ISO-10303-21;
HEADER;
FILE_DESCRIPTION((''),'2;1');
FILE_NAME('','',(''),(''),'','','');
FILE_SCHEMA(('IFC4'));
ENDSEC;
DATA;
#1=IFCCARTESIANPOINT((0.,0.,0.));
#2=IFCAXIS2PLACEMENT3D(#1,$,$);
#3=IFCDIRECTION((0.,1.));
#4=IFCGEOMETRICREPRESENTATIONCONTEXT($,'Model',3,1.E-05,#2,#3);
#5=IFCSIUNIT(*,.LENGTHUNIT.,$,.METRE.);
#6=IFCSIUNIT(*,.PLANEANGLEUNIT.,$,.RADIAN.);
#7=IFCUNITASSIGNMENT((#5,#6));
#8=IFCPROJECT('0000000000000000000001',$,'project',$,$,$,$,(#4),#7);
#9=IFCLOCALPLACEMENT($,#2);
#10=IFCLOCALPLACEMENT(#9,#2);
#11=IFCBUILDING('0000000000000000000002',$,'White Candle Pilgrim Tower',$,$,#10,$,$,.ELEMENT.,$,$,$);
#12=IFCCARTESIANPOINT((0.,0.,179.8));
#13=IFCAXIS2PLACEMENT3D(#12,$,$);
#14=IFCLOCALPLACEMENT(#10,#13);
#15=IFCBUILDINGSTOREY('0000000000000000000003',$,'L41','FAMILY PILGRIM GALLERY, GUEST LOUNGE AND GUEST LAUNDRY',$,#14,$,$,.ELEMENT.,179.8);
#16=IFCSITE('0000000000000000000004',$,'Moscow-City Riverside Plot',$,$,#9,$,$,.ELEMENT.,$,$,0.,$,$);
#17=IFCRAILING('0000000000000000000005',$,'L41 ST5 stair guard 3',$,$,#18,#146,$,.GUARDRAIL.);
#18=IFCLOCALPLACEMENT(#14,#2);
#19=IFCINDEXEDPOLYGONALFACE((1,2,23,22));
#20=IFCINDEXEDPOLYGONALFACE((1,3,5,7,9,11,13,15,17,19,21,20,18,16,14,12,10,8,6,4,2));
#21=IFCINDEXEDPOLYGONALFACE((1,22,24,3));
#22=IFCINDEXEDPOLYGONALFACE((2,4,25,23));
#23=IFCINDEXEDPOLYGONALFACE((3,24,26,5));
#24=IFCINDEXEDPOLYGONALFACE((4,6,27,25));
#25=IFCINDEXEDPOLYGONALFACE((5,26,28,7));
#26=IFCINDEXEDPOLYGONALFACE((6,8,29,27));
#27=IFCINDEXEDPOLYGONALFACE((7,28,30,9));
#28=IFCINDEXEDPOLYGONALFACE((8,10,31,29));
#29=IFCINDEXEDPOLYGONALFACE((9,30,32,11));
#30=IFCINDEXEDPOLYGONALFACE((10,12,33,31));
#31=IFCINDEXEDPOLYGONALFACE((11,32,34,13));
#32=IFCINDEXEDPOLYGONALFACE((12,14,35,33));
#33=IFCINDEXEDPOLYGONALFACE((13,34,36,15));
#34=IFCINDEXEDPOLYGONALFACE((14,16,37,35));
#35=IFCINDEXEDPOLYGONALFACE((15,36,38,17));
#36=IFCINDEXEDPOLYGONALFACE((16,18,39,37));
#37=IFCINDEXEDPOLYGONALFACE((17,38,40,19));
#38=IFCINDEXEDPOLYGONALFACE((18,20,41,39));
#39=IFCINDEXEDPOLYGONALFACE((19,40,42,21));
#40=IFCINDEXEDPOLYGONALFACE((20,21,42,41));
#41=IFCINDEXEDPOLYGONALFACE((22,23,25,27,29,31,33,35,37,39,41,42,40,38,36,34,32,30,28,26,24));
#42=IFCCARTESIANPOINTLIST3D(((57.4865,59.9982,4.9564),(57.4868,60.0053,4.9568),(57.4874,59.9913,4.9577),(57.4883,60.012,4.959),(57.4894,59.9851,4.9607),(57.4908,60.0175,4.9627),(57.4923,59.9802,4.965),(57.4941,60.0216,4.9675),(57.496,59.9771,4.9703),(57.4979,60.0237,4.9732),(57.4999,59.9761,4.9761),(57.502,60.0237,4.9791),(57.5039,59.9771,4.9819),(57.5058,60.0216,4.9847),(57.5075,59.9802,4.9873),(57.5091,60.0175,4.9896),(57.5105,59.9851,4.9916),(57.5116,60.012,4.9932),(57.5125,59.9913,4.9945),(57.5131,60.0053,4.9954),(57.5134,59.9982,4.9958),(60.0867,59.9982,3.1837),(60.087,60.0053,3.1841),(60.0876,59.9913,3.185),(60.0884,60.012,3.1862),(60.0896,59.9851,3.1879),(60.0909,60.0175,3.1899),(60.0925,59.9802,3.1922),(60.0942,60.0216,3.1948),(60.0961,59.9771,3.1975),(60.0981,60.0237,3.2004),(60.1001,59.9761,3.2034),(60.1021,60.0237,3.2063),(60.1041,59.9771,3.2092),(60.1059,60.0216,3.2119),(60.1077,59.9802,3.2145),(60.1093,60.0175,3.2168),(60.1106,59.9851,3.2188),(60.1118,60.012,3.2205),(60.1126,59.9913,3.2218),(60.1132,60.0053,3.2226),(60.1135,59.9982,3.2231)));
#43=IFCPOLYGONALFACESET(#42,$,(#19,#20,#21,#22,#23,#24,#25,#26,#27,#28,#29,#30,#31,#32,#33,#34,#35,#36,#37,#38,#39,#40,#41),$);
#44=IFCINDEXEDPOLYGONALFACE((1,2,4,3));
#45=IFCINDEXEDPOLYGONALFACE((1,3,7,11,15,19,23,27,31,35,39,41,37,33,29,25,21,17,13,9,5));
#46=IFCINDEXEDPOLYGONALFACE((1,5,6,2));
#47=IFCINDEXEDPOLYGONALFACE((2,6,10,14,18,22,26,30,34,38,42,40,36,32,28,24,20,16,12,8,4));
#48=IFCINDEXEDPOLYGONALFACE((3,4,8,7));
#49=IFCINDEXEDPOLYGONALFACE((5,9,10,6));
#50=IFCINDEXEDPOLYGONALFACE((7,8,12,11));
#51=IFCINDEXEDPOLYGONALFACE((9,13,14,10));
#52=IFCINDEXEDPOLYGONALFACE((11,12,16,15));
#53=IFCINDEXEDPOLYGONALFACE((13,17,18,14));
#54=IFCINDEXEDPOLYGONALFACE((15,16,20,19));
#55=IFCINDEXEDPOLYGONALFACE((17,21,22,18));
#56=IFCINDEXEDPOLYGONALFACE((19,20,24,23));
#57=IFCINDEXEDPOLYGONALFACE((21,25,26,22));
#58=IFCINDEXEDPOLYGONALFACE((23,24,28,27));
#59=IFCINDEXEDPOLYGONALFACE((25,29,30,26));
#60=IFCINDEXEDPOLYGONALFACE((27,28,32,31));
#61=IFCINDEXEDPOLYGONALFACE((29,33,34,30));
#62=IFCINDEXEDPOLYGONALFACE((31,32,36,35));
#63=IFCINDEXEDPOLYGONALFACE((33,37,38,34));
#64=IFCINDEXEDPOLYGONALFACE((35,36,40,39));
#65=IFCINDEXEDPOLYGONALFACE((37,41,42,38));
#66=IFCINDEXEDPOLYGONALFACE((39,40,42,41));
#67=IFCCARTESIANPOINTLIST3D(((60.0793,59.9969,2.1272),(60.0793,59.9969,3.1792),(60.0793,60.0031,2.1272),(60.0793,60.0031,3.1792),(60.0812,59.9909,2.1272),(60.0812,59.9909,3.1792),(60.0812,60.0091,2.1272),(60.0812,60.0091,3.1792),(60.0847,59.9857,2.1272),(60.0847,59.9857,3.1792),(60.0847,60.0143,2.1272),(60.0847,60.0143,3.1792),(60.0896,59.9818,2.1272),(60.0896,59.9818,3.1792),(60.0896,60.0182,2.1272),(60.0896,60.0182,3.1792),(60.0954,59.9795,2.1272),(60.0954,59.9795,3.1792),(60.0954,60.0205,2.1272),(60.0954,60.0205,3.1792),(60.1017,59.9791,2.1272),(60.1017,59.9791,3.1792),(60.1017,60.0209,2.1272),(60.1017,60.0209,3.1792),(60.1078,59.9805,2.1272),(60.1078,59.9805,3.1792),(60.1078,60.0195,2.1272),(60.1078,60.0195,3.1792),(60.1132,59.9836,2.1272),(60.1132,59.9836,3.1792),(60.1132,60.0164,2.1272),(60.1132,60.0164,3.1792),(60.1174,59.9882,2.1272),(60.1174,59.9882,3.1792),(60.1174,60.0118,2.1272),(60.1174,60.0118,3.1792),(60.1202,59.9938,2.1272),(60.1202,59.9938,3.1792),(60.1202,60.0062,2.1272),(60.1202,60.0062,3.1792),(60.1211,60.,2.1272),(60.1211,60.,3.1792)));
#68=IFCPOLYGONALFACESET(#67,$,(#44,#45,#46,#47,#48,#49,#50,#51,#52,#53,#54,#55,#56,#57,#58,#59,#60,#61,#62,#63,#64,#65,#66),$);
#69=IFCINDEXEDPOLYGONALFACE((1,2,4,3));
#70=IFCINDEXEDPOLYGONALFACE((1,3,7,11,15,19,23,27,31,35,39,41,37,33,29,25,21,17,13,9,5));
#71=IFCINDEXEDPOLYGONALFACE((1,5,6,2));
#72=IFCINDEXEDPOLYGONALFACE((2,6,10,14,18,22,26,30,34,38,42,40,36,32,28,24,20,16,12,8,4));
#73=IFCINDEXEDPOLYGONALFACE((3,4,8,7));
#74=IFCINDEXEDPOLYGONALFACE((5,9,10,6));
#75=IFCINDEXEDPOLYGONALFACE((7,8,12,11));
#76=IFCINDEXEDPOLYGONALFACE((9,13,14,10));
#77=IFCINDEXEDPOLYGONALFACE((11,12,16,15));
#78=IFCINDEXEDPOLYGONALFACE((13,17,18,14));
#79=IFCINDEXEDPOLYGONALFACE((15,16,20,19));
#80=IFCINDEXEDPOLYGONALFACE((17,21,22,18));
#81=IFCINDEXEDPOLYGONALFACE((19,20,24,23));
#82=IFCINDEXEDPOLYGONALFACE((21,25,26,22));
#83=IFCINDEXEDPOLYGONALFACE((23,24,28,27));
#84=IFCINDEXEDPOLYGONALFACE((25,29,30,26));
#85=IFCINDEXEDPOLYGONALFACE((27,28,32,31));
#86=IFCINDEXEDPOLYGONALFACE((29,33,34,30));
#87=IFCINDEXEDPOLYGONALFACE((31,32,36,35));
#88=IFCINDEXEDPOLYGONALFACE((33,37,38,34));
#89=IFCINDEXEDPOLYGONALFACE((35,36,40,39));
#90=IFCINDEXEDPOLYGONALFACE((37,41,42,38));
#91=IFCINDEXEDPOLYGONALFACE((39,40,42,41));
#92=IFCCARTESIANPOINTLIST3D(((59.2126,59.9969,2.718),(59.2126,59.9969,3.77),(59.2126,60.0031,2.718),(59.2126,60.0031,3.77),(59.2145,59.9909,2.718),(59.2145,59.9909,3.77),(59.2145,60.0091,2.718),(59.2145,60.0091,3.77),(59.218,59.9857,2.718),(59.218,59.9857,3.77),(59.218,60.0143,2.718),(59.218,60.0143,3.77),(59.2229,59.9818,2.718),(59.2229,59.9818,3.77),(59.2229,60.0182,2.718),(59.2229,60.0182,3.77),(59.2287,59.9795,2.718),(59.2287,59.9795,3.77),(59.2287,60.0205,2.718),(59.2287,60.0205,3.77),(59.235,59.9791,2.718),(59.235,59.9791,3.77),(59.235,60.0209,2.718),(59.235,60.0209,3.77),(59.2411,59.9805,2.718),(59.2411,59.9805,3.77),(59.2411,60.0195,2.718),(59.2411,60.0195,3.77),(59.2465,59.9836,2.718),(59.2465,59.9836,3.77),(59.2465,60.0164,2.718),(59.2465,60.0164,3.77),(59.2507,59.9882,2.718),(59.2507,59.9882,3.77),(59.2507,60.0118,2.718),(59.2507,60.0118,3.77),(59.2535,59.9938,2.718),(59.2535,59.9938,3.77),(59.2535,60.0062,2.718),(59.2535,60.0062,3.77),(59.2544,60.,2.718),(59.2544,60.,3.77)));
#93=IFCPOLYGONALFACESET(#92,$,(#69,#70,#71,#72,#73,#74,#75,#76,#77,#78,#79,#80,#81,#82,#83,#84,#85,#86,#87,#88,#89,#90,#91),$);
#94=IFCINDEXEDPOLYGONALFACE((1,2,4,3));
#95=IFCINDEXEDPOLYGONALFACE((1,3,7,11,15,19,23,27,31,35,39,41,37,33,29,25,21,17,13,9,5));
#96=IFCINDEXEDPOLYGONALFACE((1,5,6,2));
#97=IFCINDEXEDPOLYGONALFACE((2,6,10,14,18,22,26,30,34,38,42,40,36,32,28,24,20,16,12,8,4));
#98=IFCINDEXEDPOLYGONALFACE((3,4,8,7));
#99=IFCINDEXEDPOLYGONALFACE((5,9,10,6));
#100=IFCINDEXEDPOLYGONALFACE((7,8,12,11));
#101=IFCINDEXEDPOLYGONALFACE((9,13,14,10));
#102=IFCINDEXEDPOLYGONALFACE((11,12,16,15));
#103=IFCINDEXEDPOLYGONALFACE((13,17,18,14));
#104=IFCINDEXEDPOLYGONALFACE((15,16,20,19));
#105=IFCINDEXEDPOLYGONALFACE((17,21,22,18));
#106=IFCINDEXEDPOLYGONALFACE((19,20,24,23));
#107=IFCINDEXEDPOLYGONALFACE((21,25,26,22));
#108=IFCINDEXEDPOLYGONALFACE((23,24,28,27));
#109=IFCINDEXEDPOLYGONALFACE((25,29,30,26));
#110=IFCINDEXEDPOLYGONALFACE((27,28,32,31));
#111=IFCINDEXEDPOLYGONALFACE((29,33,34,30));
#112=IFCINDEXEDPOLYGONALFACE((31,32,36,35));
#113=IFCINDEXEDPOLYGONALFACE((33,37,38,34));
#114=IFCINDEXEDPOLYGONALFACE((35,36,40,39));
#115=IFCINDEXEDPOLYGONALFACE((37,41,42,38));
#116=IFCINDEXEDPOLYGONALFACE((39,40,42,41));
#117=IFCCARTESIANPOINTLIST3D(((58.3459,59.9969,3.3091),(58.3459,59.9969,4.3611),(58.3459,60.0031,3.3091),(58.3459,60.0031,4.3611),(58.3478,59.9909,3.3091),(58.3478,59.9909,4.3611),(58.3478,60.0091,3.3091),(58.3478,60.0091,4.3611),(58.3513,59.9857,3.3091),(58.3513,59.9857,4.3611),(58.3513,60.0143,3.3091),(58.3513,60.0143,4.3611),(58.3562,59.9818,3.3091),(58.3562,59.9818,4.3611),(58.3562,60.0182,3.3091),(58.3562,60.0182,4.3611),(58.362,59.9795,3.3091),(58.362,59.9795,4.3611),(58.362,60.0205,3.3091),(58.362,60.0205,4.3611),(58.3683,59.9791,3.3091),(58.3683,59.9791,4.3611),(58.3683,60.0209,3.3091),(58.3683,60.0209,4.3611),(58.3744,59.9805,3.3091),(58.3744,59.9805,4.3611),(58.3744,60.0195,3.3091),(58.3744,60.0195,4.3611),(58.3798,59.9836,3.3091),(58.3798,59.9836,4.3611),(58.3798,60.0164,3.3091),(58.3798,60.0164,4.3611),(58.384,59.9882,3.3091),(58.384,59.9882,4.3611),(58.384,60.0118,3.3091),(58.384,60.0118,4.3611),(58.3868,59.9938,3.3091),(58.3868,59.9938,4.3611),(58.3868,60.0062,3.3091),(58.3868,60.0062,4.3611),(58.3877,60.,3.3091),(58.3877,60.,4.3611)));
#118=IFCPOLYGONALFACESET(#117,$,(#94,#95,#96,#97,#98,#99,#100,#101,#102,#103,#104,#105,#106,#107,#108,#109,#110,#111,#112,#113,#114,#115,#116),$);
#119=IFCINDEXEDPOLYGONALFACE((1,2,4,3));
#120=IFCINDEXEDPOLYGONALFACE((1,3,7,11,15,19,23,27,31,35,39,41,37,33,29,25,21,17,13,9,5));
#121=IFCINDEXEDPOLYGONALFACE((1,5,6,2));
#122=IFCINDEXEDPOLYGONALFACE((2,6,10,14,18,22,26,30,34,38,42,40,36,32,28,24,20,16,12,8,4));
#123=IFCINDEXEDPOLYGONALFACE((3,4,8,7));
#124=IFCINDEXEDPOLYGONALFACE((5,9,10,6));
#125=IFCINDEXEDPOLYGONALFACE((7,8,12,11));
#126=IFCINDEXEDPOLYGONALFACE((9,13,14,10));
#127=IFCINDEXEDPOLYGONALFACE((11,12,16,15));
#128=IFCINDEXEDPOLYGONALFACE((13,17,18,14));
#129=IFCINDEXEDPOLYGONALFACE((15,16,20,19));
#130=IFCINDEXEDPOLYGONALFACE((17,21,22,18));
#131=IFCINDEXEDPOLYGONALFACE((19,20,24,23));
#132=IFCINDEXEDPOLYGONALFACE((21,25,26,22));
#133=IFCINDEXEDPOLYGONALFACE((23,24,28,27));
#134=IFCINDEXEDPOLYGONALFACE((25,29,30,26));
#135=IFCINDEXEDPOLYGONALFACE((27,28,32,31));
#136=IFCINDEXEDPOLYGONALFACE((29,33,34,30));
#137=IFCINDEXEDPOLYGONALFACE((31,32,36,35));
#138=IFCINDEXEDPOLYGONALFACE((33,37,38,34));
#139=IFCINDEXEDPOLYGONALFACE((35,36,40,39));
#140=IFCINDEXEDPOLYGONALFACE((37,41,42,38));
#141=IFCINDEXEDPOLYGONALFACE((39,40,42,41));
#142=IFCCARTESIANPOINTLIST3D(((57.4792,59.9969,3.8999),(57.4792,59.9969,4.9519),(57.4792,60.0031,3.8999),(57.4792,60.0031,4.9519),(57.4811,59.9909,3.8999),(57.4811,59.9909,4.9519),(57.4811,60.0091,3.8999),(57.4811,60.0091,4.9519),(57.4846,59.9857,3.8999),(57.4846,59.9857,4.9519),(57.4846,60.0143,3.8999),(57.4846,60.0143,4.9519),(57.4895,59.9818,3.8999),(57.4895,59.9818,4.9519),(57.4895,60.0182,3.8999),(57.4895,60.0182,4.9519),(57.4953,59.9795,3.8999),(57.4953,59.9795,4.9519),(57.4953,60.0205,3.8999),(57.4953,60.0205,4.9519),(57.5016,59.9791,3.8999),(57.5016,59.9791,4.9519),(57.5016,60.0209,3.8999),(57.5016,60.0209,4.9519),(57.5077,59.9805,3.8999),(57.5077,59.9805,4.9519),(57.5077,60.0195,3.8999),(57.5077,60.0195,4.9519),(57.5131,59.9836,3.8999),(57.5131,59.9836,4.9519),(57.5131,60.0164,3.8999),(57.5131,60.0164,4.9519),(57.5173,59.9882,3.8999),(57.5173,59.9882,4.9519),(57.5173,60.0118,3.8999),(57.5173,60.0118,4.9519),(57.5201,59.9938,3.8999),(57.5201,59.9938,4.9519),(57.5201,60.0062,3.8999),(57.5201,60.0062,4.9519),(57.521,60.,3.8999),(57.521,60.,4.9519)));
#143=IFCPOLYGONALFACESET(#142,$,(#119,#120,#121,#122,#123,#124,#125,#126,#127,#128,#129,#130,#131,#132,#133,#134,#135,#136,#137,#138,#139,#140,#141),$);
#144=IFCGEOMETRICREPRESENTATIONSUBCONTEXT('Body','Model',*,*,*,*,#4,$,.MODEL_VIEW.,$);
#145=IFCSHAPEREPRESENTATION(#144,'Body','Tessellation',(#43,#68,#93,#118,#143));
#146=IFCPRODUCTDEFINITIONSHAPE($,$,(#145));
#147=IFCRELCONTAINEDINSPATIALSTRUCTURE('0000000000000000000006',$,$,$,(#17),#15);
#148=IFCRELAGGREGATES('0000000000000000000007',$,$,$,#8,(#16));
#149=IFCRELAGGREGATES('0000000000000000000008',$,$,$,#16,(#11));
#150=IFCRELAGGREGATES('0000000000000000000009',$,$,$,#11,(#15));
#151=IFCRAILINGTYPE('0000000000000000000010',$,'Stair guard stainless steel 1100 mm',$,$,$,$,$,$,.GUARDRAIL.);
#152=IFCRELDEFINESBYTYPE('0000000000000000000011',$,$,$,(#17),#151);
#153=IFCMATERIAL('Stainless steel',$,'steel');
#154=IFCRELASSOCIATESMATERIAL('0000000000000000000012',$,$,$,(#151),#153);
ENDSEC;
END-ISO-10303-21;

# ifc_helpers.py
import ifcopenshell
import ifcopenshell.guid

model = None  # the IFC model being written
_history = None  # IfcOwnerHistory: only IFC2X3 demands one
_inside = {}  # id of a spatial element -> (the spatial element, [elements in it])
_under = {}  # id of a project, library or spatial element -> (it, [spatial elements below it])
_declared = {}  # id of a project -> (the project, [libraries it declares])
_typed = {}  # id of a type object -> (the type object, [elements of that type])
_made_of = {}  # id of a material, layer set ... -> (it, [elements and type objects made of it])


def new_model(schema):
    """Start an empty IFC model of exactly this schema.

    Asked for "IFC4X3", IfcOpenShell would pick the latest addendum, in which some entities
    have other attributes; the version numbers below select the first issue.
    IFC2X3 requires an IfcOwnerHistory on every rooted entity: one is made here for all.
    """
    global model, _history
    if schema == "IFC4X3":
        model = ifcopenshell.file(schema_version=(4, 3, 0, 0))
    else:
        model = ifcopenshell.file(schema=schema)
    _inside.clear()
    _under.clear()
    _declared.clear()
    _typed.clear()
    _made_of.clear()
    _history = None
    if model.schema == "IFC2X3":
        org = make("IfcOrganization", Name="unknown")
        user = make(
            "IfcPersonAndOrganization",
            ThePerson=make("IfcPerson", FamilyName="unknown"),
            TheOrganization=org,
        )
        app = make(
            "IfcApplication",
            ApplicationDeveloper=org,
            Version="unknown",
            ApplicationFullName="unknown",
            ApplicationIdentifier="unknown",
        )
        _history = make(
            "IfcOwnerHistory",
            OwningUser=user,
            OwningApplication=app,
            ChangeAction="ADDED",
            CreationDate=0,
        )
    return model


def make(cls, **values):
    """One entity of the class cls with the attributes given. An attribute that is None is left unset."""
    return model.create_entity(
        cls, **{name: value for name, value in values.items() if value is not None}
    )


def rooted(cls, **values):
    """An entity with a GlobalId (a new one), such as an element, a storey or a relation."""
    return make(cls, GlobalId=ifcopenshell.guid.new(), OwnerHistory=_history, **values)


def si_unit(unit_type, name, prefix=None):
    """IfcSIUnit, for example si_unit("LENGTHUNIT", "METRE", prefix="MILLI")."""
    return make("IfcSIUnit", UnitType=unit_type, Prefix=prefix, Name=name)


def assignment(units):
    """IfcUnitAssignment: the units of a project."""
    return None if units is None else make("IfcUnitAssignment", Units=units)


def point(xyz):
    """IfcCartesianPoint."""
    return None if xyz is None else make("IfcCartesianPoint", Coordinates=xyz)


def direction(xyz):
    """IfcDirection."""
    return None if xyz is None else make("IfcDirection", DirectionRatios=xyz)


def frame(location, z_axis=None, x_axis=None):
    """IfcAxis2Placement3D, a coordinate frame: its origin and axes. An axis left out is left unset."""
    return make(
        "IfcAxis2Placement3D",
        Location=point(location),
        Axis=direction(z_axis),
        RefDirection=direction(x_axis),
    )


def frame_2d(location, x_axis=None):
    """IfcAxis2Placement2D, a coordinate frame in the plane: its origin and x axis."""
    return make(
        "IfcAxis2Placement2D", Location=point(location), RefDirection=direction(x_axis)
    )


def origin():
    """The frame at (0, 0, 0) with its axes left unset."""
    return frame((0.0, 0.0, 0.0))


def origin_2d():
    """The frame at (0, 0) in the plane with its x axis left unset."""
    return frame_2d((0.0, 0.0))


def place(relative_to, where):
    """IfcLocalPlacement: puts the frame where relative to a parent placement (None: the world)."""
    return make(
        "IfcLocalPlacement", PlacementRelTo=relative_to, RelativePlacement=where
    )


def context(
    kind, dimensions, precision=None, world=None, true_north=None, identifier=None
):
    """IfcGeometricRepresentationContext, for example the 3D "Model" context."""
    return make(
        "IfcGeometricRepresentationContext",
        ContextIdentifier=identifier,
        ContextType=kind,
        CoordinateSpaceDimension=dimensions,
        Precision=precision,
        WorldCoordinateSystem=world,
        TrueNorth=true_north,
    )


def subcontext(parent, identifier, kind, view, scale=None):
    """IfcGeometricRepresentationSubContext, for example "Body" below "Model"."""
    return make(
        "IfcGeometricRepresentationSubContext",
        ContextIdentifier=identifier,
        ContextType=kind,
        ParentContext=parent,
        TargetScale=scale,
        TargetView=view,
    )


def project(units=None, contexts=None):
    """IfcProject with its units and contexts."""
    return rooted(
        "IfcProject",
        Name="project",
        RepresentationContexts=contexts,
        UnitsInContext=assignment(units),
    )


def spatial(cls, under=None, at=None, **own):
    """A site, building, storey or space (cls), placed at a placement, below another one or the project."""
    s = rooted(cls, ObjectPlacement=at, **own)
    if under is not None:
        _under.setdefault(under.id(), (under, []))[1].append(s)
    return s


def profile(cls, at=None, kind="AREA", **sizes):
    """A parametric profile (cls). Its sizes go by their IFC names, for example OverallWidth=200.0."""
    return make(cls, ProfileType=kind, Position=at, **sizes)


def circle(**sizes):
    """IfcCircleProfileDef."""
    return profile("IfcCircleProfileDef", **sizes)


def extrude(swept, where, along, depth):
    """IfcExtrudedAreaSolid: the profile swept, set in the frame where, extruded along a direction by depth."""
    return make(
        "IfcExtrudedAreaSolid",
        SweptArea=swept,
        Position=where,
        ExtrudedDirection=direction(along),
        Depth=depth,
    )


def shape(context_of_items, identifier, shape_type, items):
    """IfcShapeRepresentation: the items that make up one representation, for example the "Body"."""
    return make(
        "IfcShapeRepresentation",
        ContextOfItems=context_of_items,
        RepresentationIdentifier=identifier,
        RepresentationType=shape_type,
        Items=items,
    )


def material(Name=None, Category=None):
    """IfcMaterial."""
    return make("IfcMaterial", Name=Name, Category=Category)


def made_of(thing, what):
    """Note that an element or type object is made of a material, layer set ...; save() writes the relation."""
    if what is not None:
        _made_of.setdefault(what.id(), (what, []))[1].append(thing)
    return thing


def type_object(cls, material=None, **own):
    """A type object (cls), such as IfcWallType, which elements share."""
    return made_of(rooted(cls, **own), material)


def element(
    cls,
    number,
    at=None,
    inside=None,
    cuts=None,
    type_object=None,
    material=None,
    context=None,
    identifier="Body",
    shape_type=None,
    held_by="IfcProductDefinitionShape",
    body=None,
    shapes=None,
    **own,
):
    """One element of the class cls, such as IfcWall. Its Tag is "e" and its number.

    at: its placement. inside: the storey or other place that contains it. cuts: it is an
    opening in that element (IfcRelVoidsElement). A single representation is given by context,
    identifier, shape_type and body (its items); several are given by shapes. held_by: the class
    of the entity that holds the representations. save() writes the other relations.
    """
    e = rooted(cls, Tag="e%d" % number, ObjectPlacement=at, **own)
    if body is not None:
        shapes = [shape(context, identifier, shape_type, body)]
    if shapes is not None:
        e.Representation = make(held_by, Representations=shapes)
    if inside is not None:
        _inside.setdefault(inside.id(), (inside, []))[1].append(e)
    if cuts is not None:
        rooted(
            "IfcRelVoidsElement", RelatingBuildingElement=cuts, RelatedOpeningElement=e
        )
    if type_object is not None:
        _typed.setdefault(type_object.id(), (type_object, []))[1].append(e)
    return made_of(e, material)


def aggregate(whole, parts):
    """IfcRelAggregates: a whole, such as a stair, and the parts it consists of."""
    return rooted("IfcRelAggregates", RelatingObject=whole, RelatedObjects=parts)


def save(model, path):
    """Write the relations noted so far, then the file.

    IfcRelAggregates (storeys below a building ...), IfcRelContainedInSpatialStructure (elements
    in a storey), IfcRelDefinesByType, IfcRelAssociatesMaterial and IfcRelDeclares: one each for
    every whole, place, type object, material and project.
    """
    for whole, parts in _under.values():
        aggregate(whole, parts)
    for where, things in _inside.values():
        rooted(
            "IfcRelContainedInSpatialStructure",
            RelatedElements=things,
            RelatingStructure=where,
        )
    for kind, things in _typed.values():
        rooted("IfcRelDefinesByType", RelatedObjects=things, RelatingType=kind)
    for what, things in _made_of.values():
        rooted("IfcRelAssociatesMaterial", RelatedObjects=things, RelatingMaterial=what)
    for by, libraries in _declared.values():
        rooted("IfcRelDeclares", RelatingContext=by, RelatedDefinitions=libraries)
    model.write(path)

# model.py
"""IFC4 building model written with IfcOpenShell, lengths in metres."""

from ifc_helpers import new_model, si_unit, direction, frame, origin, origin_2d, place, context, subcontext, project, spatial, circle, extrude, material, type_object, element, save


model = new_model("IFC4")

# Units and contexts
model_context = context("Model", 3, precision=1e-05, world=origin(), true_north=direction((0.0, 1.0)))
body_context = subcontext(model_context, "Body", "Model", "MODEL_VIEW")
ifc_project = project(units=[si_unit("LENGTHUNIT", "METRE"), si_unit("PLANEANGLEUNIT", "RADIAN")], contexts=[model_context])

# Site, building, storey
site_placement = place(None, origin())
site = spatial("IfcSite", under=ifc_project, at=site_placement, Name="Moscow-City Riverside Plot", CompositionType="ELEMENT", RefElevation=0.0)
building_placement = place(site_placement, origin())
building = spatial("IfcBuilding", under=site, at=building_placement, Name="White Candle Pilgrim Tower", CompositionType="ELEMENT")
storey_placement = place(building_placement, frame((0.0, 0.0, 179.8)))
storey = spatial("IfcBuildingStorey", under=building, at=storey_placement, Name="L41", Description="FAMILY PILGRIM GALLERY, GUEST LOUNGE AND GUEST LAUNDRY", CompositionType="ELEMENT", Elevation=179.8)

# Railing
ifc_material_1 = material(Name="Stainless steel", Category="steel")
railing_type_1 = type_object("IfcRailingType", Name="Stair guard stainless steel 1100 mm", PredefinedType="GUARDRAIL", material=ifc_material_1)
railing_1_placement = place(storey_placement, frame((60.1001, 60.0, 2.1272)))
element("IfcRailing", 1, at=railing_1_placement, inside=storey, type_object=railing_type_1, Name="L41 ST5 stair guard 3", PredefinedType="GUARDRAIL", context=body_context, shape_type="SweptSolid", body=[
    extrude(circle(Radius=0.0239, at=origin_2d()), frame((0.0, 0.0, 1.0762), z_axis=(-0.82624, 0.0, 0.563318), x_axis=(0.0, -1.0, 0.0)), (0.0, 0.0, 1.0), 3.147),
    extrude(circle(Radius=0.021, at=origin_2d()), origin(), (0.0, 0.0, 1.0), 1.052),
    extrude(circle(Radius=0.021, at=origin_2d()), frame((-0.8667, 0.0, 0.5908)), (0.0, 0.0, 1.0), 1.052),
    extrude(circle(Radius=0.021, at=origin_2d()), frame((-1.7334, 0.0, 1.1819)), (0.0, 0.0, 1.0), 1.052),
    extrude(circle(Radius=0.021, at=origin_2d()), frame((-2.6001, 0.0, 1.7727)), (0.0, 0.0, 1.0), 1.052),
])

save(model, "model.ifc")
